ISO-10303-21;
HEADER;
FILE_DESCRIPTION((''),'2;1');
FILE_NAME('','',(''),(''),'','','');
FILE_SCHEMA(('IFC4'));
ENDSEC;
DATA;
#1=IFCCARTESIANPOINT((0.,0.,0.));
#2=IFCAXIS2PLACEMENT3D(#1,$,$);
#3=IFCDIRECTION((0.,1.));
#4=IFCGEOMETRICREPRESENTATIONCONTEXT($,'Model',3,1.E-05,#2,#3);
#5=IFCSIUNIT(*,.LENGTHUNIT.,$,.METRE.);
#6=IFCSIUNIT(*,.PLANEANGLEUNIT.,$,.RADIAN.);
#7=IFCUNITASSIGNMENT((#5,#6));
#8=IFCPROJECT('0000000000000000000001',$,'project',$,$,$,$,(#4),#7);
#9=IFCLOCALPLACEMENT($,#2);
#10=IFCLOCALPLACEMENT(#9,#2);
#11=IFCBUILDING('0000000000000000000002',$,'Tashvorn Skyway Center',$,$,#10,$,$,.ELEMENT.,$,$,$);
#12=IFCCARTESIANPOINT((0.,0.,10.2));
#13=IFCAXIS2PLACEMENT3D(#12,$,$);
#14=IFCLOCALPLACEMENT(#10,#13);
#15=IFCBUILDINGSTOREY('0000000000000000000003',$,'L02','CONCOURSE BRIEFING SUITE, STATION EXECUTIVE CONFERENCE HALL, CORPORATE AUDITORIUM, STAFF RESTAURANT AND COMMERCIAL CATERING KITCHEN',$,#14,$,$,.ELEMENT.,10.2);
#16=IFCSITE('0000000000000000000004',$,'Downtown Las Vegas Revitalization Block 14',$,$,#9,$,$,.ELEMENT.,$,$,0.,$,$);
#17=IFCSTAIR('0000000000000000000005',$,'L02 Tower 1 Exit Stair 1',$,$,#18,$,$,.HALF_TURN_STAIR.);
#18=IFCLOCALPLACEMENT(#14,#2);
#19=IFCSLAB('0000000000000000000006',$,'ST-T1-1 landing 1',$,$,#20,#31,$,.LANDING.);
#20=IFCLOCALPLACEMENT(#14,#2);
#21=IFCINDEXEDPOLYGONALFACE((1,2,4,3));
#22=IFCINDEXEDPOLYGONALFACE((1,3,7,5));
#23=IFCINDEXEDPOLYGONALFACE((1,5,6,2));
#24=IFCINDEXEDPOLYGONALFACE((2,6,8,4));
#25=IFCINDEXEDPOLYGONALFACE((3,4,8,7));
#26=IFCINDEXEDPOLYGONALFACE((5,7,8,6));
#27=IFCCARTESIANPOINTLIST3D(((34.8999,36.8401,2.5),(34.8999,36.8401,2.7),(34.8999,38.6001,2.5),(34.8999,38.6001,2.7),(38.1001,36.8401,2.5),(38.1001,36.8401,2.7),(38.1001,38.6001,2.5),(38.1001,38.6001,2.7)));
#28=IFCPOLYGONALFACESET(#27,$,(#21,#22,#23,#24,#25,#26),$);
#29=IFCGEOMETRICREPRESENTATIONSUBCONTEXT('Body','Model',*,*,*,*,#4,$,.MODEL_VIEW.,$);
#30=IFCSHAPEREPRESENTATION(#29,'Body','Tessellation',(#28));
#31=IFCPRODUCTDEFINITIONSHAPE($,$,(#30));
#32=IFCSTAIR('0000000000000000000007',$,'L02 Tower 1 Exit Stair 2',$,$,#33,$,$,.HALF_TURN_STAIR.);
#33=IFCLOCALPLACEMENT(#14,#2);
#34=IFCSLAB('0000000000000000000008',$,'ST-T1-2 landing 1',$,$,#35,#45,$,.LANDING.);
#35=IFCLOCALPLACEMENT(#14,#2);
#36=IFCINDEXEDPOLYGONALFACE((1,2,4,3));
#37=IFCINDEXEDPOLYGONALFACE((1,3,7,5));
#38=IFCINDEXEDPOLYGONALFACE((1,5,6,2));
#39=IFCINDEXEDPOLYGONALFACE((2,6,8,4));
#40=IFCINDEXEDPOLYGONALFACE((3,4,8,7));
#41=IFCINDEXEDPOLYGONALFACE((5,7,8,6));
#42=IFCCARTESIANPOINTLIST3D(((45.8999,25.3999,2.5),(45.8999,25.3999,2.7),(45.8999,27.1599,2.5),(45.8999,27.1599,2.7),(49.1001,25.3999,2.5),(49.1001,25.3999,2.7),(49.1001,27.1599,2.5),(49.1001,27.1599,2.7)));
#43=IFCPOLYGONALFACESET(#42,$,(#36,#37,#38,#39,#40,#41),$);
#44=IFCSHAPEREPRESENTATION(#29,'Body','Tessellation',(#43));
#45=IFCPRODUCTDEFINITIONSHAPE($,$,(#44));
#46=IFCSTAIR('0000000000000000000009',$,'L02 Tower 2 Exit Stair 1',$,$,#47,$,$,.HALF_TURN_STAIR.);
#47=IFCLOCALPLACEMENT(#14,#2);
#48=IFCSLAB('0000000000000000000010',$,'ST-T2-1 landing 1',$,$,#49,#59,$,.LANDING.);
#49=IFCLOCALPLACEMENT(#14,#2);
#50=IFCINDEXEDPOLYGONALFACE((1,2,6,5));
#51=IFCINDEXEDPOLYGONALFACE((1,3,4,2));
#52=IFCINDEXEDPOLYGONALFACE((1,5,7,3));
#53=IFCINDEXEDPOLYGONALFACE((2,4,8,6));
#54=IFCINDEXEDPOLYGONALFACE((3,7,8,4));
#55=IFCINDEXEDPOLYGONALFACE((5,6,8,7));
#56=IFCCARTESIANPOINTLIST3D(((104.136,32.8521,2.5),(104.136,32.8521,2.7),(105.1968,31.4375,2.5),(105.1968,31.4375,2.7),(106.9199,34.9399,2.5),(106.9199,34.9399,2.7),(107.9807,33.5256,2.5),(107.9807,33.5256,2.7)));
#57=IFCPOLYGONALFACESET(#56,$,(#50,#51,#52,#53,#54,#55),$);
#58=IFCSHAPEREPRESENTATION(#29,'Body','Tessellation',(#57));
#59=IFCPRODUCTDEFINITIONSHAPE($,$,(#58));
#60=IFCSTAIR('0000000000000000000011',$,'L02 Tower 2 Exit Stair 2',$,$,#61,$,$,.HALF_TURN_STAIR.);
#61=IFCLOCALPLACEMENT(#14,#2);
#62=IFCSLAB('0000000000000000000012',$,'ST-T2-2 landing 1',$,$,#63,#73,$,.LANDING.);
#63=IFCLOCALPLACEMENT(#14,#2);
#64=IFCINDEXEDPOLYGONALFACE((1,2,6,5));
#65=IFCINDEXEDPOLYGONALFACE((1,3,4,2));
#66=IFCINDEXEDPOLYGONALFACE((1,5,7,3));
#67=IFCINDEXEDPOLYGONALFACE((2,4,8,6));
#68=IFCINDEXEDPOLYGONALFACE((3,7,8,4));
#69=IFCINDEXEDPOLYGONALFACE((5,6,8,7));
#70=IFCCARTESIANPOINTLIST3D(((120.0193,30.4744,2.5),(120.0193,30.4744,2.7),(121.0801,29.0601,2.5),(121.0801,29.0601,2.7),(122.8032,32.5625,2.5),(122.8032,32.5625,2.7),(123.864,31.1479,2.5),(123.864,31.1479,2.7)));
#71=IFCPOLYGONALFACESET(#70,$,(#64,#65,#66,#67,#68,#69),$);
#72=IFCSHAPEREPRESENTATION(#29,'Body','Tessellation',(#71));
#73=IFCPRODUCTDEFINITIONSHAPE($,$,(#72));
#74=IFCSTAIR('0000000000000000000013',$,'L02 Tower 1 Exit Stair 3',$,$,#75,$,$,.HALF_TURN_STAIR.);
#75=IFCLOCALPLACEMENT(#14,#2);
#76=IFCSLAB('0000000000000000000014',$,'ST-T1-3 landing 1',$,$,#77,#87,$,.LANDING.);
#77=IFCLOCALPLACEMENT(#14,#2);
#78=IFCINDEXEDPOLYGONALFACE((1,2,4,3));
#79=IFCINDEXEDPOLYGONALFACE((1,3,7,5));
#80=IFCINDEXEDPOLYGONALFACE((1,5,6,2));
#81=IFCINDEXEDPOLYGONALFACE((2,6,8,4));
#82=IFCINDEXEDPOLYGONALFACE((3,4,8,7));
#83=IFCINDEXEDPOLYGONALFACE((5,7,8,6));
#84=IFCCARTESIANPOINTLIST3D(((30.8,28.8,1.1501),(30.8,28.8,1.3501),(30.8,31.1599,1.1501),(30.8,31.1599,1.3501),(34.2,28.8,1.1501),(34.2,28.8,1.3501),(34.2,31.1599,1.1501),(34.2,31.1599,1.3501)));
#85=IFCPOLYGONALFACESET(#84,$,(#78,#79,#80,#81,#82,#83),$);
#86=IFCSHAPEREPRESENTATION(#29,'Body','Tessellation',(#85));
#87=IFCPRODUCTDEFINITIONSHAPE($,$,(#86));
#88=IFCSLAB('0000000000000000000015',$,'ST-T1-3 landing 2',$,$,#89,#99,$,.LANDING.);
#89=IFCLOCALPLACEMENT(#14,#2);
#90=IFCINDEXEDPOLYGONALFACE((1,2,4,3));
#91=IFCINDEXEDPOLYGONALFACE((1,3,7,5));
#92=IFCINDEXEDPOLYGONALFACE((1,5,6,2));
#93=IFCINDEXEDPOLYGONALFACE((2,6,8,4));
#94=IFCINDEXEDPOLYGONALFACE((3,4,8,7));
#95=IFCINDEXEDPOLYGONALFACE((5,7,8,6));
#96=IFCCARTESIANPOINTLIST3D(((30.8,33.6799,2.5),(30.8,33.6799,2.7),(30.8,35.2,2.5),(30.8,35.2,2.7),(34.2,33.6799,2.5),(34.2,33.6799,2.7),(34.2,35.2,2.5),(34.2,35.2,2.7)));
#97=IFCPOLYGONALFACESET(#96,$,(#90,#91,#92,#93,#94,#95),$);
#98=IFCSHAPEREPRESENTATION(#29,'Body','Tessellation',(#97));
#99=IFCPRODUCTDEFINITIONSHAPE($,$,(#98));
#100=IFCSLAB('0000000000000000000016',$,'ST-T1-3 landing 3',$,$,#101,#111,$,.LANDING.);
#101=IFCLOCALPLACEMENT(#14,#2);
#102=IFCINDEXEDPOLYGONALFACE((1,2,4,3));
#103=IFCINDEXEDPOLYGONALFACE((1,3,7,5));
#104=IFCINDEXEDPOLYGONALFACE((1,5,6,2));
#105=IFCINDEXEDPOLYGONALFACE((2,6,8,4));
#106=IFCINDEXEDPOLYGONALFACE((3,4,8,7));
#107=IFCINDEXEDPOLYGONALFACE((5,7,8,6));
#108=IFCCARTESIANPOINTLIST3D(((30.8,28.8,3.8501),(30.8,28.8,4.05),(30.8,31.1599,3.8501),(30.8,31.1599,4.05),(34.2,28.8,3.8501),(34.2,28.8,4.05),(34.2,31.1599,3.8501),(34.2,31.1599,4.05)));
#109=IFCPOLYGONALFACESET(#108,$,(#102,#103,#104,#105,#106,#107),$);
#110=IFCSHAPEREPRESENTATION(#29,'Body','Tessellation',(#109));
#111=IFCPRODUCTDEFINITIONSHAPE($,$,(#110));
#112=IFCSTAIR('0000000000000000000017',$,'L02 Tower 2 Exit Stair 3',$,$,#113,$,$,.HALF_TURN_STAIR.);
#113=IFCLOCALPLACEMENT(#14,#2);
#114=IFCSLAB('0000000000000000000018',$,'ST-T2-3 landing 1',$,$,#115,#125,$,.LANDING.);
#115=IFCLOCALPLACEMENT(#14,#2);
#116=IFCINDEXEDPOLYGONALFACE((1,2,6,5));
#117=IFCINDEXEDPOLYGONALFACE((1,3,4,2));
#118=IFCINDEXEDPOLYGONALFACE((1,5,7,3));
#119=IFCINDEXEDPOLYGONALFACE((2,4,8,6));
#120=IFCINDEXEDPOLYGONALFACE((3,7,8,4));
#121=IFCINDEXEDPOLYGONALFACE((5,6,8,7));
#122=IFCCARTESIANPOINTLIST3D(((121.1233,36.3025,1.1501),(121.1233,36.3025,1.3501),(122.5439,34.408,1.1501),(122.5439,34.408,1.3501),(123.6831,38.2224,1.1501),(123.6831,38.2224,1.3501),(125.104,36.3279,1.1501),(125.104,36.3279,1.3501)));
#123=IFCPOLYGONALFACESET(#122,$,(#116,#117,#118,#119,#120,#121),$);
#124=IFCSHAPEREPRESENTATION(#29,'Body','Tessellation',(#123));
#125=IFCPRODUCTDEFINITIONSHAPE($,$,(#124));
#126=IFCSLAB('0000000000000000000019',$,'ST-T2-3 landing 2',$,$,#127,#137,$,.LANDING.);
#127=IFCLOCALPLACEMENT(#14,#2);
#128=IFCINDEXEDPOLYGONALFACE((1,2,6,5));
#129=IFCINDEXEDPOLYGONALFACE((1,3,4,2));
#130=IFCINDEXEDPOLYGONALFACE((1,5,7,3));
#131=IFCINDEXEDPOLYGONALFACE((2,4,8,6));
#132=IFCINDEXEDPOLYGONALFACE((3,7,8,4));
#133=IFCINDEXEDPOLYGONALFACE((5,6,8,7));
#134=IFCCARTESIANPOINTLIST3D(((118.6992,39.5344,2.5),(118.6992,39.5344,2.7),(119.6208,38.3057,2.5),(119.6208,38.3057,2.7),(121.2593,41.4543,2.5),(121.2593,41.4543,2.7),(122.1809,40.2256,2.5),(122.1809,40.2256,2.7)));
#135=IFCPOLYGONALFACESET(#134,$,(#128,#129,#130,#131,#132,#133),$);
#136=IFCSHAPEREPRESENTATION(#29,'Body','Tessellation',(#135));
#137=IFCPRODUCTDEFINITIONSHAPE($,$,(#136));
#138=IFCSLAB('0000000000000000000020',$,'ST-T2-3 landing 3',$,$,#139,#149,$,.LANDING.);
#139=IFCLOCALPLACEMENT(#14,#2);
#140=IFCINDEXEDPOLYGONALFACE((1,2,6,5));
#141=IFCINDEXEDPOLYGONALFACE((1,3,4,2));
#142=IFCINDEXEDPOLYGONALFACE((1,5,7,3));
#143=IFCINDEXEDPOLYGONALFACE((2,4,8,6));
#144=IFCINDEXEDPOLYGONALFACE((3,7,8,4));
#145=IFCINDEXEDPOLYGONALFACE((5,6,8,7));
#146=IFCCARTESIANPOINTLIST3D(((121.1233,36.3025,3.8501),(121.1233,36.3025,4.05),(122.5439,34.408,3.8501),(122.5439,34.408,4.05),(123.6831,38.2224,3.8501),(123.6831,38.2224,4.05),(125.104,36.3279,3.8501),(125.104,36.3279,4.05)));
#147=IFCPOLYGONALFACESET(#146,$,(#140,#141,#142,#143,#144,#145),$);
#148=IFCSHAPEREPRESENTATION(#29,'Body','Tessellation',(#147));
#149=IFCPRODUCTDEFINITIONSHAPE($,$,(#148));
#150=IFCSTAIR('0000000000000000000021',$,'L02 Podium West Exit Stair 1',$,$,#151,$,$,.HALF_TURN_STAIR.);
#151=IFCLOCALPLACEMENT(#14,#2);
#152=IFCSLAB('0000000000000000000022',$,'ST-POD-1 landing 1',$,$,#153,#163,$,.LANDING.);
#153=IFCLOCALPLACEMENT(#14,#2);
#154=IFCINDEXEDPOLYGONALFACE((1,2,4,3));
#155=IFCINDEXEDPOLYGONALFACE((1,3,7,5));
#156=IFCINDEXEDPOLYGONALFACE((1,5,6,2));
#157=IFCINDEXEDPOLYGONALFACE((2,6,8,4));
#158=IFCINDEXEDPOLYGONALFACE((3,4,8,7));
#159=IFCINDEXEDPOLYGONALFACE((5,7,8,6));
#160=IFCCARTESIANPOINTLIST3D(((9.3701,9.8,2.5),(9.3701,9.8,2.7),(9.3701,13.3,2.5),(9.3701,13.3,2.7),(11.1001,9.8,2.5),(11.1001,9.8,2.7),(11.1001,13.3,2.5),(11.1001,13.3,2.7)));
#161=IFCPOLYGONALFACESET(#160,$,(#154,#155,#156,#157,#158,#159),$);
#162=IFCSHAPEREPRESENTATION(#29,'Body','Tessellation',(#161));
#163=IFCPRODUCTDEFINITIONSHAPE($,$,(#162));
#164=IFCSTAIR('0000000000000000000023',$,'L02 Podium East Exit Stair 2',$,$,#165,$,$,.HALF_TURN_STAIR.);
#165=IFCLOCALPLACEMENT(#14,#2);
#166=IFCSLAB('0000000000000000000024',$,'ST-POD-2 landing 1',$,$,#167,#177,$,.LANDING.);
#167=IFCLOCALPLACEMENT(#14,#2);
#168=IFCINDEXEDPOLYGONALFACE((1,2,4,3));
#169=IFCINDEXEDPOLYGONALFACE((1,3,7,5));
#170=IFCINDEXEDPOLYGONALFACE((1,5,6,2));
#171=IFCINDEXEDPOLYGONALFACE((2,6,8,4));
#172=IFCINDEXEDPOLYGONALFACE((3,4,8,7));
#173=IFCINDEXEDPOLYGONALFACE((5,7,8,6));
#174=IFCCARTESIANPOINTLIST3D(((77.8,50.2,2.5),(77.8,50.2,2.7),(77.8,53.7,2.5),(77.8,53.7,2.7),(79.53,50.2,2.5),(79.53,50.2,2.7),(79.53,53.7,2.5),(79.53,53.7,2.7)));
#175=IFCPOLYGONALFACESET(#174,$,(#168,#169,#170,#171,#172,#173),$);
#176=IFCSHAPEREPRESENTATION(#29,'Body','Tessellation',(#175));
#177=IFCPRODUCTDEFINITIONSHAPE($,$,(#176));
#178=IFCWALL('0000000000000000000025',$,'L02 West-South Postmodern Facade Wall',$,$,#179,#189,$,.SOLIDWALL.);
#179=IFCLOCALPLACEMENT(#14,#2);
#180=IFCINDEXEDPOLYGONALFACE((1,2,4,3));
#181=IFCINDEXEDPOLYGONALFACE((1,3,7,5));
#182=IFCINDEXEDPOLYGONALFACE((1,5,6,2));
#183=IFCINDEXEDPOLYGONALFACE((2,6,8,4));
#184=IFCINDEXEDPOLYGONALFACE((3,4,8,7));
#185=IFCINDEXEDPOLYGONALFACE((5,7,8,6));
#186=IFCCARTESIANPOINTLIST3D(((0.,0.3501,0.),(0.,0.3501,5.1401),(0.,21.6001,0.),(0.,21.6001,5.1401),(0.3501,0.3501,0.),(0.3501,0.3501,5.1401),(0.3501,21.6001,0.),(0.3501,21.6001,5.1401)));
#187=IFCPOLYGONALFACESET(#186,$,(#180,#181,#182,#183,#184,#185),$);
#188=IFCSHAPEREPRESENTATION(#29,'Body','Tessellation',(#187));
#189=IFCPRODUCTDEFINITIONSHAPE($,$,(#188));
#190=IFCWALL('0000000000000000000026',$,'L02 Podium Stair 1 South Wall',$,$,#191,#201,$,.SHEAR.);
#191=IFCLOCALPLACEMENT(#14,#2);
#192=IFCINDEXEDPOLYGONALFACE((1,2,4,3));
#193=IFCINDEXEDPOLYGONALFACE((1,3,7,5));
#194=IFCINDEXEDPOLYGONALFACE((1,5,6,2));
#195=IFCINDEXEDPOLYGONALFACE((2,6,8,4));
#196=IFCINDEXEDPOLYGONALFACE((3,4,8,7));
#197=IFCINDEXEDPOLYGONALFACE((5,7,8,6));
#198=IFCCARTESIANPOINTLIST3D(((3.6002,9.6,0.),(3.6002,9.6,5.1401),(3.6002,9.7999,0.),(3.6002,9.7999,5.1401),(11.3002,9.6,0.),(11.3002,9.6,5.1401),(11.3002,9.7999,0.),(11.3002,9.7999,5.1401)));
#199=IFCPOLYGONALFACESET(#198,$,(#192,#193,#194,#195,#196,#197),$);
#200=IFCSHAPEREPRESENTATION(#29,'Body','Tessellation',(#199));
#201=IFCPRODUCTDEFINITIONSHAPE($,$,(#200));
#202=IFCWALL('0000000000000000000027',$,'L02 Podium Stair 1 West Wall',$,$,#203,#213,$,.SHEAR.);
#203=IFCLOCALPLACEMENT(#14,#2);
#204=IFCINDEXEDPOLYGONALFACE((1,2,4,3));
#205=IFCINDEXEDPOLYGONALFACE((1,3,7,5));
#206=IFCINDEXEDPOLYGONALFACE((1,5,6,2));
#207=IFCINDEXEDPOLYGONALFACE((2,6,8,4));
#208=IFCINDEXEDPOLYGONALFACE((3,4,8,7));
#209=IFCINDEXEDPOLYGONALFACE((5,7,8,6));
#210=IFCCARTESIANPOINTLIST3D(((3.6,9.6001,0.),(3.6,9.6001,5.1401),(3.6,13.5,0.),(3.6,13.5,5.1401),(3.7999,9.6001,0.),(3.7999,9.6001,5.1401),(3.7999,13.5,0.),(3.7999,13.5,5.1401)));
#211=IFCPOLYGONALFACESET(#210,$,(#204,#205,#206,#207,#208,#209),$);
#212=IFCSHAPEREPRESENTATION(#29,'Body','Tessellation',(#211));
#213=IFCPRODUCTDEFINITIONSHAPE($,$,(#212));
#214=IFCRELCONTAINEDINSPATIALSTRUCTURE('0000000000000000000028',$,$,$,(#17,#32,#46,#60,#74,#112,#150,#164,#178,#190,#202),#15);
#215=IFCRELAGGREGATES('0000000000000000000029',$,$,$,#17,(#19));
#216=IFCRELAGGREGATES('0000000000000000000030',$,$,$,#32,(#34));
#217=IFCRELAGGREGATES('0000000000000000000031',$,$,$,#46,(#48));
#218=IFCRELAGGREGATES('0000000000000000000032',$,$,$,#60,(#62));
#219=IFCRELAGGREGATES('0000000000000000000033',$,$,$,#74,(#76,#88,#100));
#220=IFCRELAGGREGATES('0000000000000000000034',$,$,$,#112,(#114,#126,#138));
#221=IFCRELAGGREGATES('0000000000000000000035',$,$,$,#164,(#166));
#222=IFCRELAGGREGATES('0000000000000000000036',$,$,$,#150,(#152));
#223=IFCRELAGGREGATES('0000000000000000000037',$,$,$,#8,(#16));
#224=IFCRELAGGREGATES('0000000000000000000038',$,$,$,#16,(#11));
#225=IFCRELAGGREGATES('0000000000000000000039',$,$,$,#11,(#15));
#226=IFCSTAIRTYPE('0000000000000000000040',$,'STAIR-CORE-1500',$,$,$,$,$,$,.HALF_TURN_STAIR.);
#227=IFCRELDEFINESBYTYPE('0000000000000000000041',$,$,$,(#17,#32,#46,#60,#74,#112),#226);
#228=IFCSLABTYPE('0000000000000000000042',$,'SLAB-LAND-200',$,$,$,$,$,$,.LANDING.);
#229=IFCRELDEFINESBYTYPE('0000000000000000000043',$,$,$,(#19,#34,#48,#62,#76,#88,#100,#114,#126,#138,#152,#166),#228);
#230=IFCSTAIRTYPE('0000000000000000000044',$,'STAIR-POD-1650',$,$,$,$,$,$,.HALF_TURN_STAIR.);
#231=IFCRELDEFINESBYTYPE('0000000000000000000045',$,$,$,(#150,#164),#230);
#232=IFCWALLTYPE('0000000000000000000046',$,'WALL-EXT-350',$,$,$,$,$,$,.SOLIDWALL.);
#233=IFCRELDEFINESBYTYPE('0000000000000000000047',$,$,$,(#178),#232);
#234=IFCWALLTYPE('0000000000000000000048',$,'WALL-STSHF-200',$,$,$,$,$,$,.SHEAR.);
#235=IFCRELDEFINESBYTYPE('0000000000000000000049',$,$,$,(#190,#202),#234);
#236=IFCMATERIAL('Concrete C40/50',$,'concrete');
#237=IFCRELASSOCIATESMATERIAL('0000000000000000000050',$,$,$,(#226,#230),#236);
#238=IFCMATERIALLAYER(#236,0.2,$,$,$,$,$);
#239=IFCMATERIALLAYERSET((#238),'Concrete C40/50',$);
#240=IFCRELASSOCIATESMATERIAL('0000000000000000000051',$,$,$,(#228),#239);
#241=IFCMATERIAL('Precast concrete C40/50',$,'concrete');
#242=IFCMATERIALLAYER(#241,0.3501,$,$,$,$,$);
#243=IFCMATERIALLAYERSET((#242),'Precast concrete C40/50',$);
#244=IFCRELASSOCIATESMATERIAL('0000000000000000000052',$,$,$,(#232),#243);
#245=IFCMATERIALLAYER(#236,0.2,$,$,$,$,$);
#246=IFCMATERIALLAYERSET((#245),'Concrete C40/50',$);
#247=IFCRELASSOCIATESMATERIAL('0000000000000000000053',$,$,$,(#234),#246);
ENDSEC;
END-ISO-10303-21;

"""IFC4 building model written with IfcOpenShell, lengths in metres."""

from ifc_helpers import new_model, si_unit, direction, frame, frame_2d, origin, place, context, subcontext, project, spatial, polyline, rectangle, outline, extrude, material, layer, layer_set, type_object, element, aggregate, save


model = new_model("IFC4")

# Units and contexts
model_context = context("Model", 3, precision=1e-05, world=origin(), true_north=direction((0.0, 1.0)))
body_context = subcontext(model_context, "Body", "Model", "MODEL_VIEW")
ifc_project = project(units=[si_unit("LENGTHUNIT", "METRE"), si_unit("PLANEANGLEUNIT", "RADIAN")], contexts=[model_context])

# Site, building, storey
site_placement = place(None, origin())
site = spatial("IfcSite", under=ifc_project, at=site_placement, Name="Downtown Las Vegas Revitalization Block 14", CompositionType="ELEMENT", RefElevation=0.0)
building_placement = place(site_placement, origin())
building = spatial("IfcBuilding", under=site, at=building_placement, Name="Tashvorn Skyway Center", CompositionType="ELEMENT")
storey_placement = place(building_placement, frame((0.0, 0.0, 10.2)))
storey = spatial("IfcBuildingStorey", under=building, at=storey_placement, Name="L02", Description="CONCOURSE BRIEFING SUITE, STATION EXECUTIVE CONFERENCE HALL, CORPORATE AUDITORIUM, STAFF RESTAURANT AND COMMERCIAL CATERING KITCHEN", CompositionType="ELEMENT", Elevation=10.2)

# Shared definitions
ifc_material_1 = material(Name="Precast concrete C40/50", Category="concrete")

# Shared definitions
ifc_material_2 = material(Name="Concrete C40/50", Category="concrete")

# Stairs, slabs
stair_type_1 = type_object("IfcStairType", Name="STAIR-CORE-1500", PredefinedType="HALF_TURN_STAIR", material=ifc_material_2)
stair_1_placement = place(storey_placement, origin())
stair_1 = element("IfcStair", 1, at=stair_1_placement, inside=storey, type_object=stair_type_1, Name="L02 Tower 1 Exit Stair 1", PredefinedType="HALF_TURN_STAIR")
ifc_layer_1 = layer(ifc_material_2, 0.2)
ifc_layer_set_1 = layer_set([ifc_layer_1], Name="Concrete C40/50")
slab_type_1 = type_object("IfcSlabType", Name="SLAB-LAND-200", PredefinedType="LANDING", material=ifc_layer_set_1)
slab_1_placement = place(storey_placement, frame((0.0, 0.0, 2.5)))
slab_1 = element("IfcSlab", 2, at=slab_1_placement, type_object=slab_type_1, Name="ST-T1-1 landing 1", PredefinedType="LANDING", context=body_context, shape_type="SweptSolid", body=[
    extrude(outline(polyline([(38.1001, 36.8401), (38.1001, 38.6001), (34.8999, 38.6001), (34.8999, 36.8401), (38.1001, 36.8401)])), origin(), (0.0, 0.0, 1.0), 0.2),
])
aggregate(stair_1, [slab_1])
stair_2_placement = place(storey_placement, origin())
stair_2 = element("IfcStair", 3, at=stair_2_placement, inside=storey, type_object=stair_type_1, Name="L02 Tower 1 Exit Stair 2", PredefinedType="HALF_TURN_STAIR")
slab_2_placement = place(storey_placement, frame((0.0, 0.0, 2.5)))
slab_2 = element("IfcSlab", 4, at=slab_2_placement, type_object=slab_type_1, Name="ST-T1-2 landing 1", PredefinedType="LANDING", context=body_context, shape_type="SweptSolid", body=[
    extrude(outline(polyline([(45.8999, 27.1599), (45.8999, 25.3999), (49.1001, 25.3999), (49.1001, 27.1599), (45.8999, 27.1599)])), origin(), (0.0, 0.0, 1.0), 0.2),
])
aggregate(stair_2, [slab_2])
stair_3_placement = place(storey_placement, origin())
stair_3 = element("IfcStair", 5, at=stair_3_placement, inside=storey, type_object=stair_type_1, Name="L02 Tower 2 Exit Stair 1", PredefinedType="HALF_TURN_STAIR")
slab_3_placement = place(storey_placement, frame((0.0, 0.0, 2.5)))
slab_3 = element("IfcSlab", 6, at=slab_3_placement, type_object=slab_type_1, Name="ST-T2-1 landing 1", PredefinedType="LANDING", context=body_context, shape_type="SweptSolid", body=[
    extrude(outline(polyline([(107.9807, 33.5256), (106.9199, 34.9399), (104.136, 32.8521), (105.1968, 31.4375), (107.9807, 33.5256)])), origin(), (0.0, 0.0, 1.0), 0.2),
])
aggregate(stair_3, [slab_3])
stair_4_placement = place(storey_placement, origin())
stair_4 = element("IfcStair", 7, at=stair_4_placement, inside=storey, type_object=stair_type_1, Name="L02 Tower 2 Exit Stair 2", PredefinedType="HALF_TURN_STAIR")
slab_4_placement = place(storey_placement, frame((0.0, 0.0, 2.5)))
slab_4 = element("IfcSlab", 8, at=slab_4_placement, type_object=slab_type_1, Name="ST-T2-2 landing 1", PredefinedType="LANDING", context=body_context, shape_type="SweptSolid", body=[
    extrude(outline(polyline([(120.0193, 30.4744), (121.0801, 29.0601), (123.864, 31.1479), (122.8032, 32.5625), (120.0193, 30.4744)])), origin(), (0.0, 0.0, 1.0), 0.2),
])
aggregate(stair_4, [slab_4])

# Stairs, slabs
stair_5_placement = place(storey_placement, origin())
stair_5 = element("IfcStair", 9, at=stair_5_placement, inside=storey, type_object=stair_type_1, Name="L02 Tower 1 Exit Stair 3", PredefinedType="HALF_TURN_STAIR")
slab_5_placement = place(storey_placement, frame((0.0, 0.0, 1.1501)))
slab_5 = element("IfcSlab", 10, at=slab_5_placement, type_object=slab_type_1, Name="ST-T1-3 landing 1", PredefinedType="LANDING", context=body_context, shape_type="SweptSolid", body=[
    extrude(outline(polyline([(30.8, 31.1599), (30.8, 28.8), (34.2, 28.8), (34.2, 31.1599), (30.8, 31.1599)])), origin(), (0.0, 0.0, 1.0), 0.2),
])
slab_6_placement = place(storey_placement, frame((0.0, 0.0, 2.5)))
slab_6 = element("IfcSlab", 11, at=slab_6_placement, type_object=slab_type_1, Name="ST-T1-3 landing 2", PredefinedType="LANDING", context=body_context, shape_type="SweptSolid", body=[
    extrude(outline(polyline([(30.8, 35.2), (30.8, 33.6799), (34.2, 33.6799), (34.2, 35.2), (30.8, 35.2)])), origin(), (0.0, 0.0, 1.0), 0.2),
])
slab_7_placement = place(storey_placement, frame((0.0, 0.0, 3.8501)))
slab_7 = element("IfcSlab", 12, at=slab_7_placement, type_object=slab_type_1, Name="ST-T1-3 landing 3", PredefinedType="LANDING", context=body_context, shape_type="SweptSolid", body=[
    extrude(outline(polyline([(30.8, 31.1599), (30.8, 28.8), (34.2, 28.8), (34.2, 31.1599), (30.8, 31.1599)])), origin(), (0.0, 0.0, 1.0), 0.2),
])
aggregate(stair_5, [slab_5, slab_6, slab_7])
stair_6_placement = place(storey_placement, origin())
stair_6 = element("IfcStair", 13, at=stair_6_placement, inside=storey, type_object=stair_type_1, Name="L02 Tower 2 Exit Stair 3", PredefinedType="HALF_TURN_STAIR")
slab_8_placement = place(storey_placement, frame((0.0, 0.0, 1.1501)))
slab_8 = element("IfcSlab", 14, at=slab_8_placement, type_object=slab_type_1, Name="ST-T2-3 landing 1", PredefinedType="LANDING", context=body_context, shape_type="SweptSolid", body=[
    extrude(outline(polyline([(121.1233, 36.3025), (122.5439, 34.408), (125.104, 36.3279), (123.6831, 38.2224), (121.1233, 36.3025)])), origin(), (0.0, 0.0, 1.0), 0.2),
])
slab_9_placement = place(storey_placement, frame((0.0, 0.0, 2.5)))
slab_9 = element("IfcSlab", 15, at=slab_9_placement, type_object=slab_type_1, Name="ST-T2-3 landing 2", PredefinedType="LANDING", context=body_context, shape_type="SweptSolid", body=[
    extrude(outline(polyline([(118.6992, 39.5344), (119.6208, 38.3057), (122.1809, 40.2256), (121.2593, 41.4543), (118.6992, 39.5344)])), origin(), (0.0, 0.0, 1.0), 0.2),
])
slab_10_placement = place(storey_placement, frame((0.0, 0.0, 3.8501)))
slab_10 = element("IfcSlab", 16, at=slab_10_placement, type_object=slab_type_1, Name="ST-T2-3 landing 3", PredefinedType="LANDING", context=body_context, shape_type="SweptSolid", body=[
    extrude(outline(polyline([(121.1233, 36.3025), (122.5439, 34.408), (125.104, 36.3279), (123.6831, 38.2224), (121.1233, 36.3025)])), origin(), (0.0, 0.0, 1.0), 0.2),
])
aggregate(stair_6, [slab_8, slab_9, slab_10])

# Stairs, slabs
stair_type_2 = type_object("IfcStairType", Name="STAIR-POD-1650", PredefinedType="HALF_TURN_STAIR", material=ifc_material_2)
stair_7_placement = place(storey_placement, origin())
stair_7 = element("IfcStair", 17, at=stair_7_placement, inside=storey, type_object=stair_type_2, Name="L02 Podium West Exit Stair 1", PredefinedType="HALF_TURN_STAIR")
slab_11_placement = place(storey_placement, frame((0.0, 0.0, 2.5)))
slab_11 = element("IfcSlab", 18, at=slab_11_placement, type_object=slab_type_1, Name="ST-POD-1 landing 1", PredefinedType="LANDING", context=body_context, shape_type="SweptSolid", body=[
    extrude(outline(polyline([(9.3701, 9.8), (11.1001, 9.8), (11.1001, 13.3), (9.3701, 13.3), (9.3701, 9.8)])), origin(), (0.0, 0.0, 1.0), 0.2),
])
stair_8_placement = place(storey_placement, origin())
stair_8 = element("IfcStair", 19, at=stair_8_placement, inside=storey, type_object=stair_type_2, Name="L02 Podium East Exit Stair 2", PredefinedType="HALF_TURN_STAIR")
slab_12_placement = place(storey_placement, frame((0.0, 0.0, 2.5)))
slab_12 = element("IfcSlab", 20, at=slab_12_placement, type_object=slab_type_1, Name="ST-POD-2 landing 1", PredefinedType="LANDING", context=body_context, shape_type="SweptSolid", body=[
    extrude(outline(polyline([(79.53, 53.7), (77.8, 53.7), (77.8, 50.2), (79.53, 50.2), (79.53, 53.7)])), origin(), (0.0, 0.0, 1.0), 0.2),
])
aggregate(stair_8, [slab_12])

# Walls
ifc_layer_2 = layer(ifc_material_1, 0.3501)
ifc_layer_set_2 = layer_set([ifc_layer_2], Name="Precast concrete C40/50")
wall_type_1 = type_object("IfcWallType", Name="WALL-EXT-350", PredefinedType="SOLIDWALL", material=ifc_layer_set_2)
wall_1_placement = place(storey_placement, frame((0.175, 0.3501, 0.0), z_axis=(0.0, 0.0, 1.0), x_axis=(0.0, 1.0, 0.0)))
element("IfcWall", 21, at=wall_1_placement, inside=storey, type_object=wall_type_1, Name="L02 West-South Postmodern Facade Wall", PredefinedType="SOLIDWALL", context=body_context, shape_type="SweptSolid", body=[
    extrude(rectangle(XDim=21.25, YDim=0.3501, at=frame_2d((10.625, 0.0))), origin(), (0.0, 0.0, 1.0), 5.1401),
])
ifc_layer_3 = layer(ifc_material_2, 0.2)
ifc_layer_set_3 = layer_set([ifc_layer_3], Name="Concrete C40/50")
wall_type_2 = type_object("IfcWallType", Name="WALL-STSHF-200", PredefinedType="SHEAR", material=ifc_layer_set_3)
wall_2_placement = place(storey_placement, frame((3.6001, 9.7, 0.0), z_axis=(0.0, 0.0, 1.0), x_axis=(1.0, 0.0, 0.0)))
element("IfcWall", 22, at=wall_2_placement, inside=storey, type_object=wall_type_2, Name="L02 Podium Stair 1 South Wall", PredefinedType="SHEAR", context=body_context, shape_type="SweptSolid", body=[
    extrude(rectangle(XDim=7.7, YDim=0.2, at=frame_2d((3.8501, 0.0))), origin(), (0.0, 0.0, 1.0), 5.1401),
])
wall_3_placement = place(storey_placement, frame((3.7, 9.6001, 0.0), z_axis=(0.0, 0.0, 1.0), x_axis=(0.0, 1.0, 0.0)))
element("IfcWall", 23, at=wall_3_placement, inside=storey, type_object=wall_type_2, Name="L02 Podium Stair 1 West Wall", PredefinedType="SHEAR", context=body_context, shape_type="SweptSolid", body=[
    extrude(rectangle(XDim=3.8999, YDim=0.2, at=frame_2d((1.95, 0.0))), origin(), (0.0, 0.0, 1.0), 5.1401),
])

aggregate(stair_7, [slab_11])

save(model, "model.ifc")
